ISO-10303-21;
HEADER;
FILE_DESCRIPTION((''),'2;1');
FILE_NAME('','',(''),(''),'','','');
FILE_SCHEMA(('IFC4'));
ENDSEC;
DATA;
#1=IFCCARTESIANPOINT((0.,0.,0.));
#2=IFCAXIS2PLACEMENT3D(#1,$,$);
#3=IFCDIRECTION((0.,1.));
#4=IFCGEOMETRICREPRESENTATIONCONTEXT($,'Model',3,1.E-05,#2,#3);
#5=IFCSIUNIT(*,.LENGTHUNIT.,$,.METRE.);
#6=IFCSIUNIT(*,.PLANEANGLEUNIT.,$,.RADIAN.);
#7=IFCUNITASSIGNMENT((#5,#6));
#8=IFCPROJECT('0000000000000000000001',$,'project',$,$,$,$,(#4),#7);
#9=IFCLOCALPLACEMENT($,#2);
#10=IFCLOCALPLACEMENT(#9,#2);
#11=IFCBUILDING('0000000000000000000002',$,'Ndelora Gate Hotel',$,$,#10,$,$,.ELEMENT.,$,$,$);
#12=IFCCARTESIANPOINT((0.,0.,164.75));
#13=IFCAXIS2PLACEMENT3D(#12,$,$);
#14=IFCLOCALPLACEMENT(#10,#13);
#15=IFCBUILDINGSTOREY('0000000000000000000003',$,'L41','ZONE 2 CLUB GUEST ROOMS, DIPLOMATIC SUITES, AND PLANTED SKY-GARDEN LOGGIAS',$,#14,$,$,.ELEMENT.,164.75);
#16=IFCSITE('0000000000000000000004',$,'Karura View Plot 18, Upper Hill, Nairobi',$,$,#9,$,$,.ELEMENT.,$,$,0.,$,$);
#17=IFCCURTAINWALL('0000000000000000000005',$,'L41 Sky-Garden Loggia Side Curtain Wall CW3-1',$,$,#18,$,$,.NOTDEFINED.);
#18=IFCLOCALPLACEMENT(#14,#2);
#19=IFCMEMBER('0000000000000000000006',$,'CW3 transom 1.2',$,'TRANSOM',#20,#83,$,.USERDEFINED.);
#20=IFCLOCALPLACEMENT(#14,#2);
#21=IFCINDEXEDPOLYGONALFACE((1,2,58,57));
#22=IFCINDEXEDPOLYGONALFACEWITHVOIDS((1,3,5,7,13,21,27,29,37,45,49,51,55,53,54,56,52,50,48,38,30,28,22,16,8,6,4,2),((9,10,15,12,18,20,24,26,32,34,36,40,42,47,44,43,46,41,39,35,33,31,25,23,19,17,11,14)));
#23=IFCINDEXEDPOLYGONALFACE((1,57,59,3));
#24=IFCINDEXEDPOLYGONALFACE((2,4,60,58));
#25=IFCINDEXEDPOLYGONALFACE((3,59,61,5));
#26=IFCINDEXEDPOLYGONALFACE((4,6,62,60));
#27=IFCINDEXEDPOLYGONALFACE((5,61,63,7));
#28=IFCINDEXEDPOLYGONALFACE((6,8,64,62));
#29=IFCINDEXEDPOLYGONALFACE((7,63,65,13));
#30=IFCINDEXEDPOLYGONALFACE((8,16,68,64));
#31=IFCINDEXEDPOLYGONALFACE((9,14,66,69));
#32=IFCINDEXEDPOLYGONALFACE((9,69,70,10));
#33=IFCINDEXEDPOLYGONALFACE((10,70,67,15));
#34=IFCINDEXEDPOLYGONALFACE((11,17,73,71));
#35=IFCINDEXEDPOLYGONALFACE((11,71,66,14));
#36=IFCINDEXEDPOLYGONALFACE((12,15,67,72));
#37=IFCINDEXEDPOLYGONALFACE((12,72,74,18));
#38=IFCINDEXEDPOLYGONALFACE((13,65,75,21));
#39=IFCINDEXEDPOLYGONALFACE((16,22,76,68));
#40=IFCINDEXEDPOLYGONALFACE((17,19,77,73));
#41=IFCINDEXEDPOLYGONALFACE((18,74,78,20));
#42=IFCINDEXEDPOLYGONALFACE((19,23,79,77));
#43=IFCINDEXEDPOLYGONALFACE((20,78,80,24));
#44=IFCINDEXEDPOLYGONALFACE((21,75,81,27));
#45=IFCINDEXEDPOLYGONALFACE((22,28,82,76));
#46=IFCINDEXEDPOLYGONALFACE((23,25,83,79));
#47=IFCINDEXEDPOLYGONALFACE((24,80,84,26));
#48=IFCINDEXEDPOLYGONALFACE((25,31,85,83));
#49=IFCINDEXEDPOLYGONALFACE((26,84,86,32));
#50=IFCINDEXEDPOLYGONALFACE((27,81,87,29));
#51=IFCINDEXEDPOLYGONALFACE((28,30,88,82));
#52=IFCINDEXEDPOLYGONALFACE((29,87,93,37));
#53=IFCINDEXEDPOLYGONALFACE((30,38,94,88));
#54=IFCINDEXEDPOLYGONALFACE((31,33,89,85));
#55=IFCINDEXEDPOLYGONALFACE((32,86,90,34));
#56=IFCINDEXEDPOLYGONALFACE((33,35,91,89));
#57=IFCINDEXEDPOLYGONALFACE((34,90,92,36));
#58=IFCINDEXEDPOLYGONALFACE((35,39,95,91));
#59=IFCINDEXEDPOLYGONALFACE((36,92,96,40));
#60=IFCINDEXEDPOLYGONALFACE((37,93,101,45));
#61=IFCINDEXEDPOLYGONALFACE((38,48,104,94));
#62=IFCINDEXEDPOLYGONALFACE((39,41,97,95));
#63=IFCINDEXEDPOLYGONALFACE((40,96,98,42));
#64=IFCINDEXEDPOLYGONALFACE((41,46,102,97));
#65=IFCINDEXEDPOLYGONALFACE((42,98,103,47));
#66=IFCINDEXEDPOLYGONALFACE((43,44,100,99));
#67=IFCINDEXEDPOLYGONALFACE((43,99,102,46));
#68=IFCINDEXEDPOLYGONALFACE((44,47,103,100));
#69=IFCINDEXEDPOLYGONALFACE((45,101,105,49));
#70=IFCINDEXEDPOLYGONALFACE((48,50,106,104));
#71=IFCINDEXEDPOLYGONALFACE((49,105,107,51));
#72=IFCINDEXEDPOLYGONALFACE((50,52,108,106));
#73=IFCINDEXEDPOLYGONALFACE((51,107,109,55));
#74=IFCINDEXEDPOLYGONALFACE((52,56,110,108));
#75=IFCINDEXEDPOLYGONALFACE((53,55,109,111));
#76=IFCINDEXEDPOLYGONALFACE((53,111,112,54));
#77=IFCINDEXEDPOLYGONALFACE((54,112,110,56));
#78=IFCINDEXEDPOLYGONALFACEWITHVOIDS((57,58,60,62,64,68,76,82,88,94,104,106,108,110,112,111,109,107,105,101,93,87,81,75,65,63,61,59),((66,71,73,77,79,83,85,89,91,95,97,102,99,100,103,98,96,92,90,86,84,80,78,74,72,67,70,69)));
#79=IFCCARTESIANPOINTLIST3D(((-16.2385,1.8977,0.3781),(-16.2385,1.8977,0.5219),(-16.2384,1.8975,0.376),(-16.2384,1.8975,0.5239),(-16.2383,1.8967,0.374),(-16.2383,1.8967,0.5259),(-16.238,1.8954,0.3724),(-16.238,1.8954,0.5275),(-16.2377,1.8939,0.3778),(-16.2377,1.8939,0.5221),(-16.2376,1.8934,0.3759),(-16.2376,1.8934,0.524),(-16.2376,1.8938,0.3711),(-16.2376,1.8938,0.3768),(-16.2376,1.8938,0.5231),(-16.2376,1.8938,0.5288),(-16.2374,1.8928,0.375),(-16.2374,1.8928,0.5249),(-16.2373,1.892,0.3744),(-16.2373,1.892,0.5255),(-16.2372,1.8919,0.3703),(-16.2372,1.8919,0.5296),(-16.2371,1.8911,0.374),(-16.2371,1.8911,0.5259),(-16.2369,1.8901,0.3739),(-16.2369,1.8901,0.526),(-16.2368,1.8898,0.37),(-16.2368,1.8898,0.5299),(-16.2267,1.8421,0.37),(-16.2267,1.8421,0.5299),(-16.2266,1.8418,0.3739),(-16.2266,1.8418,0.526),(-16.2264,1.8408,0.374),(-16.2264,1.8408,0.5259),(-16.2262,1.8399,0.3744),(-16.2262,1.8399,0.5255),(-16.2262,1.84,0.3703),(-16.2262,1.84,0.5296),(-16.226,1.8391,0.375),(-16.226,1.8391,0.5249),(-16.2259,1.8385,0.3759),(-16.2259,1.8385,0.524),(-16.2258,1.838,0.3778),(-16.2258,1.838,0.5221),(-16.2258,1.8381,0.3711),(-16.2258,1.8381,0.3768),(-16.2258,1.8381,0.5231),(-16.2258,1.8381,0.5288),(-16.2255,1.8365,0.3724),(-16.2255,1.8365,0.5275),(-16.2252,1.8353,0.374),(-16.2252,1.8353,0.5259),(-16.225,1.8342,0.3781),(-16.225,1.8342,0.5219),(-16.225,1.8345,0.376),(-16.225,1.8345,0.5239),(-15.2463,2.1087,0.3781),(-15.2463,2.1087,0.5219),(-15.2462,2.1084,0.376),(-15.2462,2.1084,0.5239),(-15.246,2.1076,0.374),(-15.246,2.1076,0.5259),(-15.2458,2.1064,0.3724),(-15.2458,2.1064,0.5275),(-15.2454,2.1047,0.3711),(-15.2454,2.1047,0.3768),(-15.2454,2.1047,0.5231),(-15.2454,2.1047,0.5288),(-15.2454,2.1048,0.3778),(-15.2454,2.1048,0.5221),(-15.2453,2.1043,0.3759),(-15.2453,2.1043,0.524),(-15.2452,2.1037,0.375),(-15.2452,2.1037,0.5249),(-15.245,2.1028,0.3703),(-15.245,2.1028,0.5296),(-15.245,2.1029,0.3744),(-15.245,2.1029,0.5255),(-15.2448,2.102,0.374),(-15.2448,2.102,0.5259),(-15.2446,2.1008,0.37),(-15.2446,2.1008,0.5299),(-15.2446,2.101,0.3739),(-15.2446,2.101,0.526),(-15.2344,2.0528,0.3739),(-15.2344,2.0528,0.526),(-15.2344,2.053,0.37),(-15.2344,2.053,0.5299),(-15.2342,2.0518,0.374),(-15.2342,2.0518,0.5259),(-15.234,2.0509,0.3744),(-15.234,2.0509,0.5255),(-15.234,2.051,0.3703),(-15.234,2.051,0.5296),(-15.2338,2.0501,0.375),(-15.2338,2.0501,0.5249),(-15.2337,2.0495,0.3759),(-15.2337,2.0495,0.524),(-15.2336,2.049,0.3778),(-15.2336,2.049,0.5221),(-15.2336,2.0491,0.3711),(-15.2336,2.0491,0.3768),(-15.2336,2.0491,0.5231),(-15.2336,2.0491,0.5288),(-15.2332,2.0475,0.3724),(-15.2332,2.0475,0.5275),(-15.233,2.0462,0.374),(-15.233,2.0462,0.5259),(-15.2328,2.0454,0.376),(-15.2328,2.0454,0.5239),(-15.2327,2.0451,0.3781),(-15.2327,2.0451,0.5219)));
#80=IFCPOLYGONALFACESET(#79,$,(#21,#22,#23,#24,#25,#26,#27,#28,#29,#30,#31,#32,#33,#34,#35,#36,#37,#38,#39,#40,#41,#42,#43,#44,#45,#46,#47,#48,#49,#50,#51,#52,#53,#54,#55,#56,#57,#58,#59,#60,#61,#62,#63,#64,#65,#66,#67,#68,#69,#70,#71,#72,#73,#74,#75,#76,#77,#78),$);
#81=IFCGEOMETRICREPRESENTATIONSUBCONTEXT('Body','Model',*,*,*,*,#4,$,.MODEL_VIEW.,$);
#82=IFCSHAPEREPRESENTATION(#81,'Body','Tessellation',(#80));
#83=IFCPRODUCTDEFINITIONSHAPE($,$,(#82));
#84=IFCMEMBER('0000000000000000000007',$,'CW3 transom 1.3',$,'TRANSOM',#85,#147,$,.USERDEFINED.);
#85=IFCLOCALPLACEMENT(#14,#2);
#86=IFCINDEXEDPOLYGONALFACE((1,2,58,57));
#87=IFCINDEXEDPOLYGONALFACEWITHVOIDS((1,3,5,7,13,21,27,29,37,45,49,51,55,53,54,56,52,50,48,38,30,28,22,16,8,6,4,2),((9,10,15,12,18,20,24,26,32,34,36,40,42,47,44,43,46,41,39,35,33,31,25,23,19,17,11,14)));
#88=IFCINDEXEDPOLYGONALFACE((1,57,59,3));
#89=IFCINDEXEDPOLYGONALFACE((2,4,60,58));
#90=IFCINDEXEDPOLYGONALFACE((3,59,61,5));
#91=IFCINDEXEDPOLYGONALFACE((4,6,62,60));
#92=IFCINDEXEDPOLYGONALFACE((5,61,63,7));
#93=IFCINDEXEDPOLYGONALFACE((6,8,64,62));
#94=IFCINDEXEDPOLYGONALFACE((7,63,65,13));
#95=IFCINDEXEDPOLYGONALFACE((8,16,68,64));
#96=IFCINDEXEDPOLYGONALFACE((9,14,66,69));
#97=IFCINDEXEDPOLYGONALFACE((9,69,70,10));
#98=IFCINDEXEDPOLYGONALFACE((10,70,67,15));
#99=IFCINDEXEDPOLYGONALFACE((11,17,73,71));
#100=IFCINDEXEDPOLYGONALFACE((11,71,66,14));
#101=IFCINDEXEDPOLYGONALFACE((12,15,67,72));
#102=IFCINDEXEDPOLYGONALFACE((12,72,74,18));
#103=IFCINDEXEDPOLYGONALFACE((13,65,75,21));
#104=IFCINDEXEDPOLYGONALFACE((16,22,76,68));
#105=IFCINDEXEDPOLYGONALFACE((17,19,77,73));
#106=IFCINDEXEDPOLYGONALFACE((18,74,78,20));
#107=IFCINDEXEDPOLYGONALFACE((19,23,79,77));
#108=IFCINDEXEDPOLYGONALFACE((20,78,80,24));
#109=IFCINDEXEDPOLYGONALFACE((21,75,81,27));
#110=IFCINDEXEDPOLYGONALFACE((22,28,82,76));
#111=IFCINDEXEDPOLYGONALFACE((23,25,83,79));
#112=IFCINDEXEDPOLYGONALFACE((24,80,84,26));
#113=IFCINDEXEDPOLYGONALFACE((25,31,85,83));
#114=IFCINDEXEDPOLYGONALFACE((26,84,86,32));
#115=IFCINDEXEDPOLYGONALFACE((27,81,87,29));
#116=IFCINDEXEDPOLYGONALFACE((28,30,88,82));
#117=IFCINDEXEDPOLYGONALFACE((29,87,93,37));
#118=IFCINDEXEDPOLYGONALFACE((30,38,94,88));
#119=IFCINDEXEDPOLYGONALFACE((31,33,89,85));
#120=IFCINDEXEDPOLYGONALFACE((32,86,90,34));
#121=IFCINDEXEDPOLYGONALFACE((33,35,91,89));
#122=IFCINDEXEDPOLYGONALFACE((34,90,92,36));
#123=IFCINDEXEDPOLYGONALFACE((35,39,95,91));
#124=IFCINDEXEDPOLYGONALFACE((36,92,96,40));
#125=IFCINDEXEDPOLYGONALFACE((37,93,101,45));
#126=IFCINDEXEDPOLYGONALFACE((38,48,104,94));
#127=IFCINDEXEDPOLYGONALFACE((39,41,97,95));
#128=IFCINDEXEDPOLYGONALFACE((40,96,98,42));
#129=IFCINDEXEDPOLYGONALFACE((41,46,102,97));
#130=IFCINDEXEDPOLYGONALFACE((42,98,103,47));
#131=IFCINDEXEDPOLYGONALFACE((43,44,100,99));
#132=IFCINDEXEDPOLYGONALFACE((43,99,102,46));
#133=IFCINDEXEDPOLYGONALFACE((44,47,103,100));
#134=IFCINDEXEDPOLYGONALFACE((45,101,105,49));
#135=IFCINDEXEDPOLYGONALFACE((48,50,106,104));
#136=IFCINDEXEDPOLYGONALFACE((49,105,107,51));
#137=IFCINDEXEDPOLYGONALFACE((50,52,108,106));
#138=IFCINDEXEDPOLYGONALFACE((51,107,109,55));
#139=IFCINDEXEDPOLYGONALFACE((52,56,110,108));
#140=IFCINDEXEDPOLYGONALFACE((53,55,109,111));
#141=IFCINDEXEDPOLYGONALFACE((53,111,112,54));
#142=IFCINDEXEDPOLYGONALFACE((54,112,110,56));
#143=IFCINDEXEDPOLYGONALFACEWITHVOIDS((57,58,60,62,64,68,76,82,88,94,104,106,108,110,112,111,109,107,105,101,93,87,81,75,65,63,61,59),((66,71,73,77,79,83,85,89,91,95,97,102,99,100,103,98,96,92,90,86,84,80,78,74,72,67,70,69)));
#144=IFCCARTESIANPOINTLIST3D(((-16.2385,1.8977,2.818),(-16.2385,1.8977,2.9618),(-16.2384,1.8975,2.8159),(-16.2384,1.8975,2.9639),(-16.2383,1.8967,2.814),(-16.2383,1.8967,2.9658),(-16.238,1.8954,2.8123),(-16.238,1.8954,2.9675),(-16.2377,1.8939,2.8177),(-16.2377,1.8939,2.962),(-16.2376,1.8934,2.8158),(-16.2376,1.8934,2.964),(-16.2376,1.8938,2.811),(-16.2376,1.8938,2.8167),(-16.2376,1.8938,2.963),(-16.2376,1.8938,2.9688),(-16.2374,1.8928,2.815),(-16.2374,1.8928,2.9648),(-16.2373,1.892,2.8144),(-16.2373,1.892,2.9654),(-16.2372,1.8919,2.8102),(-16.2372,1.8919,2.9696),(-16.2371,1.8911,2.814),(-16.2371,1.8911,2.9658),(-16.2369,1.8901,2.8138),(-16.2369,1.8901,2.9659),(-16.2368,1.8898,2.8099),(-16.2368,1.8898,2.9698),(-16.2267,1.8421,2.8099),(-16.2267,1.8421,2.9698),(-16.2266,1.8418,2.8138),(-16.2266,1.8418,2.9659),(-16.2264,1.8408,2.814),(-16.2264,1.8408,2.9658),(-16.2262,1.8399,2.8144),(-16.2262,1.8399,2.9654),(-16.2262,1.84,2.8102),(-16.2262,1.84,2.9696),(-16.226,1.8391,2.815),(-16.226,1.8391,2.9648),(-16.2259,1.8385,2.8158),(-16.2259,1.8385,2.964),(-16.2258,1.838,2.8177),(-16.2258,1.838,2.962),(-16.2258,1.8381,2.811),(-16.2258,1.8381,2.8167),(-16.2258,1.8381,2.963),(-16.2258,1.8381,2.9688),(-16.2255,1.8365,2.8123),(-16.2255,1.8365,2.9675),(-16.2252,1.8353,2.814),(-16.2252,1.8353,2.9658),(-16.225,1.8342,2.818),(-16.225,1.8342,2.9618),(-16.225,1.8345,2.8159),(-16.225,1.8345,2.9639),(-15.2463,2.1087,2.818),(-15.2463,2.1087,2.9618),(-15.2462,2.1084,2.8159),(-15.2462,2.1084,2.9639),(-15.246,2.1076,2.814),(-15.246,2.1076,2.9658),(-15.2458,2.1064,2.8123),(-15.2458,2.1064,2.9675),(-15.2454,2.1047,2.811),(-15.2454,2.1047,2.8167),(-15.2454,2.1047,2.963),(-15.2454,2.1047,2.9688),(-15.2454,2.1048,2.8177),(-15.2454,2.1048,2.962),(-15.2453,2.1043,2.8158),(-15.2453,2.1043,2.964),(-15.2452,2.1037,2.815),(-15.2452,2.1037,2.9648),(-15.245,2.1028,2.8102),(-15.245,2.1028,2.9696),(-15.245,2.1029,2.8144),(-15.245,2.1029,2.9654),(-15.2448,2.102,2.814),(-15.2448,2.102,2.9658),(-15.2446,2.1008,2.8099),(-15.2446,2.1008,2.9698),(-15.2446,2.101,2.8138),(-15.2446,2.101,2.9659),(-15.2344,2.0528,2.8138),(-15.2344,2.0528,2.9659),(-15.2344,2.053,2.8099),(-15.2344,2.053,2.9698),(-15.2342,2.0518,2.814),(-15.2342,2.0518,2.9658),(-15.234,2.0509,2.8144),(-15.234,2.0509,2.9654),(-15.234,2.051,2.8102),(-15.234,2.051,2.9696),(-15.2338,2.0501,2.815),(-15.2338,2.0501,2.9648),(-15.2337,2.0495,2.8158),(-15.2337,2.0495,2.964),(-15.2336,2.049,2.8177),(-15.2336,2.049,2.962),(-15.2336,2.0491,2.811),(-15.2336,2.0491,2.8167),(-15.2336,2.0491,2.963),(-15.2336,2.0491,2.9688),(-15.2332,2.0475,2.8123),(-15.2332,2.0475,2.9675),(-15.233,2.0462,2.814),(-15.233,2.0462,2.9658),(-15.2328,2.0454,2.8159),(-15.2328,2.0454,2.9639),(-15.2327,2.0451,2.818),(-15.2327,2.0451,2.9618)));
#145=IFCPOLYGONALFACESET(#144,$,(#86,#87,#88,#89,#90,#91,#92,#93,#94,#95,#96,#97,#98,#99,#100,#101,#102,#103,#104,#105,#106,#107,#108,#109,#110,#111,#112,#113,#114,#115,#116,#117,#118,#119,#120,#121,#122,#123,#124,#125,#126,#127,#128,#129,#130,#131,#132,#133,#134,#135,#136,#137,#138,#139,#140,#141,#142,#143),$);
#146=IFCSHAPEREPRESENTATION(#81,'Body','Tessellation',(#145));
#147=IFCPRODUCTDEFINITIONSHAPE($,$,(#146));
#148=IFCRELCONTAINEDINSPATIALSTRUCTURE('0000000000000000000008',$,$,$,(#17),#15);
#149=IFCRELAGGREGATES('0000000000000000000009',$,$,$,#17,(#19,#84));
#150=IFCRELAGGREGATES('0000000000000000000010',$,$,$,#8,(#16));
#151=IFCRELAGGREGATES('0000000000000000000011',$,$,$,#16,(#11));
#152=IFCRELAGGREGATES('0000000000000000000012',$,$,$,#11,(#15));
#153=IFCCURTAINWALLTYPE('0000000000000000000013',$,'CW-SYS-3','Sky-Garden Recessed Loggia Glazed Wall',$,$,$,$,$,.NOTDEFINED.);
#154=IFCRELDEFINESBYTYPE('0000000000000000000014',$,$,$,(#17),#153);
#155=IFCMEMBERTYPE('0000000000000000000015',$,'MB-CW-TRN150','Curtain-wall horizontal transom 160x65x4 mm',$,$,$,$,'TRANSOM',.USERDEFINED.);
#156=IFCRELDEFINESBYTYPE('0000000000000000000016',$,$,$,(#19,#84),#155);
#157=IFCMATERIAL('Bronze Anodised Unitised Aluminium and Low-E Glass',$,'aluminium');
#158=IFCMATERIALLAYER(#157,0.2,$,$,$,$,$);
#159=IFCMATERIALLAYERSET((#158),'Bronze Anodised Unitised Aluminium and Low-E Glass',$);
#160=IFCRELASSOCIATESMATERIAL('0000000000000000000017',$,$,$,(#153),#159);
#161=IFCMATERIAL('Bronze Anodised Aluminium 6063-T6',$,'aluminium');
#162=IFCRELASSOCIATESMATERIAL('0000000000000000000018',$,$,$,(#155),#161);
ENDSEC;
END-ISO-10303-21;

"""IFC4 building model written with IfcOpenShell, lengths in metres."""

from ifc_helpers import new_model, si_unit, direction, frame, origin, origin_2d, place, context, subcontext, project, spatial, hollow_rectangle, extrude, material, layer, layer_set, material_profile, profile_set, type_object, element, aggregate, save


model = new_model("IFC4")

# Units and contexts
model_context = context("Model", 3, precision=1e-05, world=origin(), true_north=direction((0.0, 1.0)))
body_context = subcontext(model_context, "Body", "Model", "MODEL_VIEW")
ifc_project = project(units=[si_unit("LENGTHUNIT", "METRE"), si_unit("PLANEANGLEUNIT", "RADIAN")], contexts=[model_context])

# Site, building, storey
site_placement = place(None, origin())
site = spatial("IfcSite", under=ifc_project, at=site_placement, Name="Karura View Plot 18, Upper Hill, Nairobi", CompositionType="ELEMENT", RefElevation=0.0)
building_placement = place(site_placement, origin())
building = spatial("IfcBuilding", under=site, at=building_placement, Name="Ndelora Gate Hotel", CompositionType="ELEMENT")
storey_placement = place(building_placement, frame((0.0, 0.0, 164.75)))
storey = spatial("IfcBuildingStorey", under=building, at=storey_placement, Name="L41", Description="ZONE 2 CLUB GUEST ROOMS, DIPLOMATIC SUITES, AND PLANTED SKY-GARDEN LOGGIAS", CompositionType="ELEMENT", Elevation=164.75)

# Curtain wall, members
ifc_material_1 = material(Name="Bronze Anodised Unitised Aluminium and Low-E Glass", Category="aluminium")
ifc_layer_1 = layer(ifc_material_1, 0.2)
ifc_layer_set_1 = layer_set([ifc_layer_1], Name="Bronze Anodised Unitised Aluminium and Low-E Glass")
curtain_wall_type = type_object("IfcCurtainWallType", Name="CW-SYS-3", Description="Sky-Garden Recessed Loggia Glazed Wall", PredefinedType="NOTDEFINED", material=ifc_layer_set_1)
curtain_wall_placement = place(storey_placement, origin())
curtain_wall = element("IfcCurtainWall", 1, at=curtain_wall_placement, inside=storey, type_object=curtain_wall_type, Name="L41 Sky-Garden Loggia Side Curtain Wall CW3-1", PredefinedType="NOTDEFINED")
ifc_material_2 = material(Name="Bronze Anodised Aluminium 6063-T6", Category="aluminium")
ifc_material_profile_1 = material_profile(ifc_material_2, hollow_rectangle(XDim=0.0649, YDim=0.1599, WallThickness=0.0039, InnerFilletRadius=0.0039, OuterFilletRadius=0.0081, at=origin_2d()), Name="ALU 160x65x4")
ifc_profile_set_1 = profile_set([ifc_material_profile_1], Name="Bronze Anodised Aluminium 6063-T6")
member_type_1 = type_object("IfcMemberType", Name="MB-CW-TRN150", Description="Curtain-wall horizontal transom 160x65x4 mm", ElementType="TRANSOM", PredefinedType="USERDEFINED", material=ifc_profile_set_1)
member_1_placement = place(storey_placement, frame((-15.2395, 2.0769, 0.45), z_axis=(-0.978139, -0.207951, 0.0), x_axis=(0.207951, -0.978139, 0.0)))
member_1 = element("IfcMember", 2, at=member_1_placement, type_object=member_type_1, Name="CW3 transom 1.2", ObjectType="TRANSOM", PredefinedType="USERDEFINED", context=body_context, shape_type="SweptSolid", body=[
    extrude(hollow_rectangle(XDim=0.0649, YDim=0.1599, WallThickness=0.0039, InnerFilletRadius=0.0039, OuterFilletRadius=0.0081, at=origin_2d()), origin(), (0.0, 0.0, 1.0), 1.0144),
])
member_2_placement = place(storey_placement, frame((-15.2395, 2.0769, 2.8899), z_axis=(-0.978139, -0.207951, 0.0), x_axis=(0.207951, -0.978139, 0.0)))
member_2 = element("IfcMember", 3, at=member_2_placement, type_object=member_type_1, Name="CW3 transom 1.3", ObjectType="TRANSOM", PredefinedType="USERDEFINED", context=body_context, shape_type="SweptSolid", body=[
    extrude(hollow_rectangle(XDim=0.0649, YDim=0.1599, WallThickness=0.0039, InnerFilletRadius=0.0039, OuterFilletRadius=0.0081, at=origin_2d()), origin(), (0.0, 0.0, 1.0), 1.0144),
])
aggregate(curtain_wall, [member_1, member_2])

save(model, "model.ifc")
